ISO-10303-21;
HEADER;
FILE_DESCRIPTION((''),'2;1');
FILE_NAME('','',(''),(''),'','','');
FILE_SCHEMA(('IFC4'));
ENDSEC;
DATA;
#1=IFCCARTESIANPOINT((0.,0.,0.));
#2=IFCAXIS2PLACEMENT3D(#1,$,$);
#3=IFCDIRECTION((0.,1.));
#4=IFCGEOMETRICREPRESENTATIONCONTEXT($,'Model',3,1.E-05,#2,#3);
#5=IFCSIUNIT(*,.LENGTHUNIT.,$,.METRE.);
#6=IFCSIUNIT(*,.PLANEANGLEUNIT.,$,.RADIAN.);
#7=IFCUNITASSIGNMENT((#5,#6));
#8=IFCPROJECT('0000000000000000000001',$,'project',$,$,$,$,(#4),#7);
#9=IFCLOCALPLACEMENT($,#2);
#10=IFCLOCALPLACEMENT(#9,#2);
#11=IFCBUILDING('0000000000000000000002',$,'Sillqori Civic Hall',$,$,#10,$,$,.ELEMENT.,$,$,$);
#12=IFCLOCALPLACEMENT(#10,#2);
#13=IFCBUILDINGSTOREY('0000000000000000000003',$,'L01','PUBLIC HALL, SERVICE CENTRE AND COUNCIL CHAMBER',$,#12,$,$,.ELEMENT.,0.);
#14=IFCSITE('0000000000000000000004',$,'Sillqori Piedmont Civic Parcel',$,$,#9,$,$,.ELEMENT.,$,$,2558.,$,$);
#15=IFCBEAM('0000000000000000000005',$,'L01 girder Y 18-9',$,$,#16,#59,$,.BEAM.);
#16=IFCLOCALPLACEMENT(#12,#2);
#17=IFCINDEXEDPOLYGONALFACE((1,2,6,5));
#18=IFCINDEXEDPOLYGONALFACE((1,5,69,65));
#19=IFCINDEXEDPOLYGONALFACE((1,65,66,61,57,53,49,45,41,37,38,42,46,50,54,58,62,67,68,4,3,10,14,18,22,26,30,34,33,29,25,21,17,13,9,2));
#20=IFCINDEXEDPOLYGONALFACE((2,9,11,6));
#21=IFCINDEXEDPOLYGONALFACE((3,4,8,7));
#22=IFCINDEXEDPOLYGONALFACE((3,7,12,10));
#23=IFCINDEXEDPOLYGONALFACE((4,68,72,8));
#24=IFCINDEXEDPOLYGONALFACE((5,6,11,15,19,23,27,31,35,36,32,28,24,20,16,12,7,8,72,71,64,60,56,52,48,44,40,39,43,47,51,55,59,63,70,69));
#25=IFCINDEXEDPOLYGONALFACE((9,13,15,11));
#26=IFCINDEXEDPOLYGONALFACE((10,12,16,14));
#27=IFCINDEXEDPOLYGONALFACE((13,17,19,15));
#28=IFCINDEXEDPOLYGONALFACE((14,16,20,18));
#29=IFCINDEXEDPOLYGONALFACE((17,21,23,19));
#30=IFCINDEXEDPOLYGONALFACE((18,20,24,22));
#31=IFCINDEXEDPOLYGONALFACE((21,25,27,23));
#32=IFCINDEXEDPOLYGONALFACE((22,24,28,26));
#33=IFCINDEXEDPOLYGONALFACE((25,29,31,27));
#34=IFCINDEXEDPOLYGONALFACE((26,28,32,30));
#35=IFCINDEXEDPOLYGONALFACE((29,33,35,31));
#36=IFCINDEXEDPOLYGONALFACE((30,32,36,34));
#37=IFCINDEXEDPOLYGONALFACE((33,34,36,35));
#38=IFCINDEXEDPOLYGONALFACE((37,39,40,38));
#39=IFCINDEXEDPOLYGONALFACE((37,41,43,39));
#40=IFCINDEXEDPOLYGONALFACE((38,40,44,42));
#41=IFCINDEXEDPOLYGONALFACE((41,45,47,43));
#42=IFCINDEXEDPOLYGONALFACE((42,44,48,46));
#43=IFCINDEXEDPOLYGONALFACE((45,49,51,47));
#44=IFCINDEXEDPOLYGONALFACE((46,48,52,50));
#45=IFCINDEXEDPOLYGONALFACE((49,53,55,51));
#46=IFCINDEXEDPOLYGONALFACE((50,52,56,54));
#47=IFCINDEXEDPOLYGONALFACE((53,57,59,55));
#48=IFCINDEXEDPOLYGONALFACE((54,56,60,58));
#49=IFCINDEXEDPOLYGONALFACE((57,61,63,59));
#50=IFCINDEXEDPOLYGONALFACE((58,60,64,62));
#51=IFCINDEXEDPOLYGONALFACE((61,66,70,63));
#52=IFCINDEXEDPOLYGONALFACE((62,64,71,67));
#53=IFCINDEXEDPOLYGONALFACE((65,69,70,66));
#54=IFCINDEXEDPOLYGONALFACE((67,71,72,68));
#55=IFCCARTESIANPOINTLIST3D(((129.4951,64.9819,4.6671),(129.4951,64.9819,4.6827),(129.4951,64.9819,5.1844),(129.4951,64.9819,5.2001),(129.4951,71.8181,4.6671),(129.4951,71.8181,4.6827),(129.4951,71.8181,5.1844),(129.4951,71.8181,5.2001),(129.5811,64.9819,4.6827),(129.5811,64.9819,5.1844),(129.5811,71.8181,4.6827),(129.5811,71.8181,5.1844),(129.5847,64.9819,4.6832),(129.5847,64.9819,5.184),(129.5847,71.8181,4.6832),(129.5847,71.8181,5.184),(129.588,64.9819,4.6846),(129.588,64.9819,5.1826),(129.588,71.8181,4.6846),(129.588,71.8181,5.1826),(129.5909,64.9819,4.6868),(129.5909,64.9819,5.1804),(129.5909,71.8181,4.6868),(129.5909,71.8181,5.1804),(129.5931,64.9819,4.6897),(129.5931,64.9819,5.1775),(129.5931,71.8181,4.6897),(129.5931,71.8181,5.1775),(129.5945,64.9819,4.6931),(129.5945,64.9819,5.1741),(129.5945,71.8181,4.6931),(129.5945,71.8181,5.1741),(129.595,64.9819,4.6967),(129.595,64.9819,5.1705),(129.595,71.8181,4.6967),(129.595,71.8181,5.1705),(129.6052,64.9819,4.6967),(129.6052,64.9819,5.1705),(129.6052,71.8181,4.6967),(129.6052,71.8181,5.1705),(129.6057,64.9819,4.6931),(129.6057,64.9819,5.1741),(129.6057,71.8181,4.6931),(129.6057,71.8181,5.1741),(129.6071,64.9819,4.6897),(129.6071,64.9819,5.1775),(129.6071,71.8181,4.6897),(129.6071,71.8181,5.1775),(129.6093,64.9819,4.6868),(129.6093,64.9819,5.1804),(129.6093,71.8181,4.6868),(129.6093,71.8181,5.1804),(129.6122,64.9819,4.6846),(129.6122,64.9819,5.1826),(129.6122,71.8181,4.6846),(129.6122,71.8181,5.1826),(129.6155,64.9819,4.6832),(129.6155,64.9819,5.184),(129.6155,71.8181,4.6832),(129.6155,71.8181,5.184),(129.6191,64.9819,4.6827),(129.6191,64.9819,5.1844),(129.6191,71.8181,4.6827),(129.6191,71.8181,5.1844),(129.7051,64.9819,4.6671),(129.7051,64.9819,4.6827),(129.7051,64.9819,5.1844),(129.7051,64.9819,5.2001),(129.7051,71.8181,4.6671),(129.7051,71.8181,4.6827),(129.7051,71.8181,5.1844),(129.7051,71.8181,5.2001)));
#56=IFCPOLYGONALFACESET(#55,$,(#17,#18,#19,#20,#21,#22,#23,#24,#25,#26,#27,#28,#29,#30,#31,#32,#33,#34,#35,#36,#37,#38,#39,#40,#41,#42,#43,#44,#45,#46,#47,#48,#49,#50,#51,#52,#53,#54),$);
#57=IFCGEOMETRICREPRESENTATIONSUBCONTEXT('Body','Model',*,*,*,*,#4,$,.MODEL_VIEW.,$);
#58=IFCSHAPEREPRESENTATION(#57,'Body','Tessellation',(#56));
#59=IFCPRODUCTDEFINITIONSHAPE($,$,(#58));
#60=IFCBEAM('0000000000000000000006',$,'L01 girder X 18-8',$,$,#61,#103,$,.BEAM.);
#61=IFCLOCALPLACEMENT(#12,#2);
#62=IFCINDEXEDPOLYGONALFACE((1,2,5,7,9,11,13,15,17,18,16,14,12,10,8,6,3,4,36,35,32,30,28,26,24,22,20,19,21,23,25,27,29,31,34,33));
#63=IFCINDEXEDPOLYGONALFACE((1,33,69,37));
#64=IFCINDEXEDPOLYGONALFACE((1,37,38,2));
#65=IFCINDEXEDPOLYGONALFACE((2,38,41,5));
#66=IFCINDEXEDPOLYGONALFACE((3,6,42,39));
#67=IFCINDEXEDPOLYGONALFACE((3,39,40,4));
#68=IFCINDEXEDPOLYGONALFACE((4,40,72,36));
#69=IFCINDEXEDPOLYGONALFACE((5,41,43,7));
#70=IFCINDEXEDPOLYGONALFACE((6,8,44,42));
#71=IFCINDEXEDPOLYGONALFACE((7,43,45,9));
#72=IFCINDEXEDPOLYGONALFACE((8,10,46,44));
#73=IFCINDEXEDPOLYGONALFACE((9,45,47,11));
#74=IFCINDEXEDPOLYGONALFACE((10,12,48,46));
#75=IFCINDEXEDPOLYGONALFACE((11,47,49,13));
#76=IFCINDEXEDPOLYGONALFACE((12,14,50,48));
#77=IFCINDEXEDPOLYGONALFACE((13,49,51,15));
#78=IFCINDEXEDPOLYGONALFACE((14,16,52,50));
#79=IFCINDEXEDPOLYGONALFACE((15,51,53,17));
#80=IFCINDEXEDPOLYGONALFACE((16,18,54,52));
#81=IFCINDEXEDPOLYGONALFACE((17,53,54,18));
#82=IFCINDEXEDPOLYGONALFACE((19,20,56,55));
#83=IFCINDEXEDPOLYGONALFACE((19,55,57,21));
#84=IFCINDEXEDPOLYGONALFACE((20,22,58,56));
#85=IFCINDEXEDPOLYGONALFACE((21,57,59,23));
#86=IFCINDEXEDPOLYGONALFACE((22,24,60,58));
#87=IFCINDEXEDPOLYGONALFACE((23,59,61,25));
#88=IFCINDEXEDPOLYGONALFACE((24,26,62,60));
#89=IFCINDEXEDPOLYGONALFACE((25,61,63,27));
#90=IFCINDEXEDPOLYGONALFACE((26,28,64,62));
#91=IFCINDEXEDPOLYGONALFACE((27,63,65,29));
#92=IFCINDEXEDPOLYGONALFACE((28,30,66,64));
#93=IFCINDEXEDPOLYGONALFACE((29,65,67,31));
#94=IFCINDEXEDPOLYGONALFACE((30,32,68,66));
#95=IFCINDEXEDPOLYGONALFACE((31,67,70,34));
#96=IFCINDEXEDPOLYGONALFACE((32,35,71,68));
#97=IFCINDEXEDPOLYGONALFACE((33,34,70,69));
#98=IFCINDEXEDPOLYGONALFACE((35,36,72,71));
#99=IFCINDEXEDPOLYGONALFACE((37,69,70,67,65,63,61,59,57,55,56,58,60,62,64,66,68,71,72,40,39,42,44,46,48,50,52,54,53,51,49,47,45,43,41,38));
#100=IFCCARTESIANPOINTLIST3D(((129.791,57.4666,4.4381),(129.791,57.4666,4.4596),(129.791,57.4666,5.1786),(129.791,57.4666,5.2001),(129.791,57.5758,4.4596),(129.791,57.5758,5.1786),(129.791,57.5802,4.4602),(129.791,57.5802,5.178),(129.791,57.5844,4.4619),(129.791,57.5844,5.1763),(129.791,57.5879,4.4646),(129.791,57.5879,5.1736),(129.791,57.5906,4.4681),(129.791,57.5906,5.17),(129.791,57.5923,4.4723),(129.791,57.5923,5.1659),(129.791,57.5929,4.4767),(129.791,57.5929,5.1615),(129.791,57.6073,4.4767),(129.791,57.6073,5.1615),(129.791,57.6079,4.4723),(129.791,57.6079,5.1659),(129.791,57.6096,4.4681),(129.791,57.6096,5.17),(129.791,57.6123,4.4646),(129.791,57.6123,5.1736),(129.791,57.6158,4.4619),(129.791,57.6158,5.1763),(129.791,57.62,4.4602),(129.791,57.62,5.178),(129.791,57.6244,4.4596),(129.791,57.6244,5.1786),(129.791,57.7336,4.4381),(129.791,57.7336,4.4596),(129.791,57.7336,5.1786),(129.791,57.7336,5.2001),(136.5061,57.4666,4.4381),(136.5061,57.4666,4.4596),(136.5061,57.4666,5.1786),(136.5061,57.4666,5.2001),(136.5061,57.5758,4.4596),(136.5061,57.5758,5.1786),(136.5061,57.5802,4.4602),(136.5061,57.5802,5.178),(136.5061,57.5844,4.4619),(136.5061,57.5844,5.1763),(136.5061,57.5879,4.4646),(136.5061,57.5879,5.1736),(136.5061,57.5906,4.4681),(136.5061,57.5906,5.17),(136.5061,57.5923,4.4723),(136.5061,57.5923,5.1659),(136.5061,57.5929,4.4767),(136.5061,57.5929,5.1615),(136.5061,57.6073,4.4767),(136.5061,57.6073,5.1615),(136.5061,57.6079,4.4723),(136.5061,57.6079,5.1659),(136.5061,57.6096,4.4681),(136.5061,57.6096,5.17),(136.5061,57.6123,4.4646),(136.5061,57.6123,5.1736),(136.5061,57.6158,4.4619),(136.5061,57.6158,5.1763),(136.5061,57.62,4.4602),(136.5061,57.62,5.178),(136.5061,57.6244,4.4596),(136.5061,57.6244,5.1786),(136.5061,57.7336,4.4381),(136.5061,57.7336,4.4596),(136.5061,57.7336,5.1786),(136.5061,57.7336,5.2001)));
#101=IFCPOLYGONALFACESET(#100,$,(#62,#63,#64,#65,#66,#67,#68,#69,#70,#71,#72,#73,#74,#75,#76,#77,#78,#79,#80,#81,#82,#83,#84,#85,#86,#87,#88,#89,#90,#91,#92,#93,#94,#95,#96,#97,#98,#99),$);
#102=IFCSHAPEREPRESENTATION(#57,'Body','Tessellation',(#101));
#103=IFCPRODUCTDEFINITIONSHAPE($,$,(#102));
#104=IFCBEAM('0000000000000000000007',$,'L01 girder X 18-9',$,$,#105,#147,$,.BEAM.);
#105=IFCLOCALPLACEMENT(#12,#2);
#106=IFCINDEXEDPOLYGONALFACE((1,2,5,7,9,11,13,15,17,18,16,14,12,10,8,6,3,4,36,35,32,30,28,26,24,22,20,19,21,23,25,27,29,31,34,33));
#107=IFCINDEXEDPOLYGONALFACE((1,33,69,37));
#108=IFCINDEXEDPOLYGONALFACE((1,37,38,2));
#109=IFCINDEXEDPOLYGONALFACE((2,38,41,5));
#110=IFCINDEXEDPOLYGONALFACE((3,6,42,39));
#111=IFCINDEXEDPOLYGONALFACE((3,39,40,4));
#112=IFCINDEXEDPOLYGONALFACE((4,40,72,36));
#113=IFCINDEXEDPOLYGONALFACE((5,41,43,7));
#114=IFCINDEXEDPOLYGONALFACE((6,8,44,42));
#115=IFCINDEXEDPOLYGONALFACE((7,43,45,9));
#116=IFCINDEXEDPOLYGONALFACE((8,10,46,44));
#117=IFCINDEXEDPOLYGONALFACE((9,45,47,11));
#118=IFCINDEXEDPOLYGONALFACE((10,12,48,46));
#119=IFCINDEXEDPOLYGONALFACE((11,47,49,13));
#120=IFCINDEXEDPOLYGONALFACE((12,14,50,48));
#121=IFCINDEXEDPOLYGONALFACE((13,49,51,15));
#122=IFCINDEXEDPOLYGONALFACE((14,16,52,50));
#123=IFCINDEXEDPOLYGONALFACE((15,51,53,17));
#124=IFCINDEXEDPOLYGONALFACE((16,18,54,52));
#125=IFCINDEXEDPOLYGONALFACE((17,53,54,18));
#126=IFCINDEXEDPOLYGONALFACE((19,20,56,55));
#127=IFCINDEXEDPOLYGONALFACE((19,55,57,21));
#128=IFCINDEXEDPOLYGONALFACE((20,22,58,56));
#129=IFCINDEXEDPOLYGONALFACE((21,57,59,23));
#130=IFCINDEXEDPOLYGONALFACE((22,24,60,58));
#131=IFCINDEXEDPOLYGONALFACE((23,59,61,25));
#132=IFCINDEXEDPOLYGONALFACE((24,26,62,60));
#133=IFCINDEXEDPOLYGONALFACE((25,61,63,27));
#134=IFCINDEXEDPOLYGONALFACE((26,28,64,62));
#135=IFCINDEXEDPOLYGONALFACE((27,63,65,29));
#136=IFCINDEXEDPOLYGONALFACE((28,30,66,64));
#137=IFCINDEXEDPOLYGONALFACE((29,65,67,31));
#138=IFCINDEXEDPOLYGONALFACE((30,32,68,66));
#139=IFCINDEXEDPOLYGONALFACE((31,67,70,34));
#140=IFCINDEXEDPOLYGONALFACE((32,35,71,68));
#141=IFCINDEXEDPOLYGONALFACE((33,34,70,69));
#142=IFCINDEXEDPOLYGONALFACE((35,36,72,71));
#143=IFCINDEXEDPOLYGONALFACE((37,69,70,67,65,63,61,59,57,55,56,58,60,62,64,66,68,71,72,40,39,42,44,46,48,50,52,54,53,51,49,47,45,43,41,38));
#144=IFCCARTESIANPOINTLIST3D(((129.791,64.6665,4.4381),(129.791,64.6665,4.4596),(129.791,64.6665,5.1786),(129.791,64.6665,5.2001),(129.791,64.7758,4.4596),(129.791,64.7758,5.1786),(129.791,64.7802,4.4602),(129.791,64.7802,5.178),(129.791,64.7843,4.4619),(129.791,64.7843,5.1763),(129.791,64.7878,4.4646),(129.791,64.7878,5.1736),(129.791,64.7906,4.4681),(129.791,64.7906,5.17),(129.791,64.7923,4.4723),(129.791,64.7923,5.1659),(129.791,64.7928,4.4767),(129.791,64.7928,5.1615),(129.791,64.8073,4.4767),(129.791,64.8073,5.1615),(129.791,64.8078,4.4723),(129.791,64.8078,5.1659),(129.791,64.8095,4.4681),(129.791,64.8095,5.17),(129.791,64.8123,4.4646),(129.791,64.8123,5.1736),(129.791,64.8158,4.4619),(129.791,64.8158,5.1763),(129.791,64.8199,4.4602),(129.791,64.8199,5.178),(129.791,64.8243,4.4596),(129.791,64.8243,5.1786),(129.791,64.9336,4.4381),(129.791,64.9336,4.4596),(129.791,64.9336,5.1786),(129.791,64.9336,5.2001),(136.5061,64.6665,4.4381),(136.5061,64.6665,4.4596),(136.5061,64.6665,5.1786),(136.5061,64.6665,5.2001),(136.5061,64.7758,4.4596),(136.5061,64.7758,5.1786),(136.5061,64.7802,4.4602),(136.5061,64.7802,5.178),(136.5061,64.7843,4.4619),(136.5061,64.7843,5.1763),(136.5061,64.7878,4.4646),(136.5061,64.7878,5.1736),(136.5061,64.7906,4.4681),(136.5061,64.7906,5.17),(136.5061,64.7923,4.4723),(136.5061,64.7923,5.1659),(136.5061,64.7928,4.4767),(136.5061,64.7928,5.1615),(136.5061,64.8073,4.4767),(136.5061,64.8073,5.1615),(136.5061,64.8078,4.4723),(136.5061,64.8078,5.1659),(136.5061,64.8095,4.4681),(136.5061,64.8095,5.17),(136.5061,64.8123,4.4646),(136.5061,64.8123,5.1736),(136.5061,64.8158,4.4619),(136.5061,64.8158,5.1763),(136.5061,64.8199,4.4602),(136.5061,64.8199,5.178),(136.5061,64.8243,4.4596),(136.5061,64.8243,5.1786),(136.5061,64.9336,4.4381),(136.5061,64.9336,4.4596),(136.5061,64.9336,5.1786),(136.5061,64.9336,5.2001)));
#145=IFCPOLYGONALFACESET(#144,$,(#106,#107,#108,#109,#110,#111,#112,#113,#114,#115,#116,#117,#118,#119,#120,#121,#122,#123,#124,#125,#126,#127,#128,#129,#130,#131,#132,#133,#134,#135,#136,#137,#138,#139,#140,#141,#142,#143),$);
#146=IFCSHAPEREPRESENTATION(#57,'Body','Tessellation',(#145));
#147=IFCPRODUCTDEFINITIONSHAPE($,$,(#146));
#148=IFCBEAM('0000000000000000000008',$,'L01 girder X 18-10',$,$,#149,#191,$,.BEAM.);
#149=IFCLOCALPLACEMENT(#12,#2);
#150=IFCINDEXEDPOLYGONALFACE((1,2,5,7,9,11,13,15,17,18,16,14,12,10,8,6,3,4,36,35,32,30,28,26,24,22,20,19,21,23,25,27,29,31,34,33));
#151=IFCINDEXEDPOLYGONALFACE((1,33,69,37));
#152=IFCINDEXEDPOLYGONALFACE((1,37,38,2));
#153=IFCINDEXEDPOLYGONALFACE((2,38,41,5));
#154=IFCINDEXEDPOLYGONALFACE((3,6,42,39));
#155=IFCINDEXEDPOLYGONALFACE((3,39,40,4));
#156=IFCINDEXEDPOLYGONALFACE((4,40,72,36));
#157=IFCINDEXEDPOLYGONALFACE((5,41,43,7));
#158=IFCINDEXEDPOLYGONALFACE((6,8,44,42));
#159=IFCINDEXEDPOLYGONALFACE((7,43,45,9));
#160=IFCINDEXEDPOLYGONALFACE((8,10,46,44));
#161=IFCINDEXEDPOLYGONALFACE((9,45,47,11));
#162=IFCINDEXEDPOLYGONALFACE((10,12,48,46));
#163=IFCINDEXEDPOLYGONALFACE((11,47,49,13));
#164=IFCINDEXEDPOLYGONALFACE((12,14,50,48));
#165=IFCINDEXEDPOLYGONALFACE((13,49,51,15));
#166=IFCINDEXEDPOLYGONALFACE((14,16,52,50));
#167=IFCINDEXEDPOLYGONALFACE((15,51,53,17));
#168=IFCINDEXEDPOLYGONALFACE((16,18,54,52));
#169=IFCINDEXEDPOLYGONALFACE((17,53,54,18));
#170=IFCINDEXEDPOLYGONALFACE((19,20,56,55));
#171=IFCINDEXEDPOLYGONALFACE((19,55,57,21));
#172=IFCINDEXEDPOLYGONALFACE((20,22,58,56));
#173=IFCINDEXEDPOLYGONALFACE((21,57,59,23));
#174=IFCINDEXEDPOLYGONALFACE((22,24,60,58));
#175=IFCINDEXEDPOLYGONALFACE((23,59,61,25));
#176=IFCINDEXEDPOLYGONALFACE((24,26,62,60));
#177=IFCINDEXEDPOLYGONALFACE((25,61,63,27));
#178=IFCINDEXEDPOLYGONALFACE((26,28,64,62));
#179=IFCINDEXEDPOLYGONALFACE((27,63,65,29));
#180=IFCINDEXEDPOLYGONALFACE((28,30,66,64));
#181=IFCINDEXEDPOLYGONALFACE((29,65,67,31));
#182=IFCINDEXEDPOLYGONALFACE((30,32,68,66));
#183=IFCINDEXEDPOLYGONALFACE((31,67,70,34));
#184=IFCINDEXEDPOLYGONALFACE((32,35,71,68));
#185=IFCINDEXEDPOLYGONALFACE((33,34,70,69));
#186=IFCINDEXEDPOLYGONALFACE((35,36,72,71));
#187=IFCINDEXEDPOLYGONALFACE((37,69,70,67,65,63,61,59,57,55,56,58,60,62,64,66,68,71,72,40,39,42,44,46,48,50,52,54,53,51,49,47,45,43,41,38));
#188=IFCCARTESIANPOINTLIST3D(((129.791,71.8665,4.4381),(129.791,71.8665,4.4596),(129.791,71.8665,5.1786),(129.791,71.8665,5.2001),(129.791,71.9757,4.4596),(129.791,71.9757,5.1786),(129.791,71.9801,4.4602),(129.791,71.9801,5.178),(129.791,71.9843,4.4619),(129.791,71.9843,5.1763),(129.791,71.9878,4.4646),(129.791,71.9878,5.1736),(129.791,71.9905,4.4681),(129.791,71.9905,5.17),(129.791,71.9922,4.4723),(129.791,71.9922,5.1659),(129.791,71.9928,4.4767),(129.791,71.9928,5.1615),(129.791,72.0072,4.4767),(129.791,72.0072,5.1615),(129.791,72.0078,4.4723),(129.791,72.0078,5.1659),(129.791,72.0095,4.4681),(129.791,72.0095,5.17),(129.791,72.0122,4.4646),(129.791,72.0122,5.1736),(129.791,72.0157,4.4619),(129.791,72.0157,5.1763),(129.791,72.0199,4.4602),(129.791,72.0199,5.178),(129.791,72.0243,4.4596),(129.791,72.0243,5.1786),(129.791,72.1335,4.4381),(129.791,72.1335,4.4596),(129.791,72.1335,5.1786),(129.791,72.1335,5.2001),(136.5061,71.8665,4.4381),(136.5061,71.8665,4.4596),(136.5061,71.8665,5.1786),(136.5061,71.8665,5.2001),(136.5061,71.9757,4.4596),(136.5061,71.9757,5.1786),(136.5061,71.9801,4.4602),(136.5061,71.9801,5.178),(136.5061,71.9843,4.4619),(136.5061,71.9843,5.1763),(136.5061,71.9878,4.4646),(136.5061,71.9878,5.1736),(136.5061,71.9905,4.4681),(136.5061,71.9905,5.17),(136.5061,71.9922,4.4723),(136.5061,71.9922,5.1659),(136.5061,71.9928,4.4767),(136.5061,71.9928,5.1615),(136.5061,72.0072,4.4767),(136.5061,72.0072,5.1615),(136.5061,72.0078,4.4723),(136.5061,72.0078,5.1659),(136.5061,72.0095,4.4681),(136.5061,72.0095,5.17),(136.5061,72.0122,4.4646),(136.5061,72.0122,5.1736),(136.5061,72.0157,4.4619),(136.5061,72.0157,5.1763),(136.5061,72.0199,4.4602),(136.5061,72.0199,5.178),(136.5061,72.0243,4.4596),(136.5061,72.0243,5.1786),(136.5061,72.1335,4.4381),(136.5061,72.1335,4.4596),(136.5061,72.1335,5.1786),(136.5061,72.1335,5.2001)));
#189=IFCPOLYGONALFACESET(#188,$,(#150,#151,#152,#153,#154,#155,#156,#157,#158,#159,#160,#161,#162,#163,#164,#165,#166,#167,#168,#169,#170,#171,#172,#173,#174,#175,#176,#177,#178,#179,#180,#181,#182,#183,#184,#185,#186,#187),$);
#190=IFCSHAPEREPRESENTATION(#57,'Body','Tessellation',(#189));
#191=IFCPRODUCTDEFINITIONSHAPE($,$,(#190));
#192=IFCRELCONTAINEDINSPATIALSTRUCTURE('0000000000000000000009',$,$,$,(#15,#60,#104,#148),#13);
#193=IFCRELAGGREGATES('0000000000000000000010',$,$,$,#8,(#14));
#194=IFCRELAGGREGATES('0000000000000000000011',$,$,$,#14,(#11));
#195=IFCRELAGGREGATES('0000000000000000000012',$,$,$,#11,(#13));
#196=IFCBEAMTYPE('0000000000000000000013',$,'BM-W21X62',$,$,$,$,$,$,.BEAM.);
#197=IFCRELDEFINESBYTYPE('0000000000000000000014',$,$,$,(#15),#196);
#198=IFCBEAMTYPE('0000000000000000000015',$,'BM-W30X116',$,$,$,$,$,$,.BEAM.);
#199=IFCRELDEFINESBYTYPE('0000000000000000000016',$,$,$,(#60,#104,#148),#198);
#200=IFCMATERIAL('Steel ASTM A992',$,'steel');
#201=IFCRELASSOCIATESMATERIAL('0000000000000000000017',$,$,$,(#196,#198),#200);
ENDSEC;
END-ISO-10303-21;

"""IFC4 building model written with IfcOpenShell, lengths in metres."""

from ifc_helpers import new_model, si_unit, direction, frame, origin, origin_2d, place, context, subcontext, project, spatial, i_section, extrude, material, material_profile, profile_set, type_object, element, save


model = new_model("IFC4")

# Units and contexts
model_context = context("Model", 3, precision=1e-05, world=origin(), true_north=direction((0.0, 1.0)))
body_context = subcontext(model_context, "Body", "Model", "MODEL_VIEW")
ifc_project = project(units=[si_unit("LENGTHUNIT", "METRE"), si_unit("PLANEANGLEUNIT", "RADIAN")], contexts=[model_context])

# Site, building, storey
site_placement = place(None, origin())
site = spatial("IfcSite", under=ifc_project, at=site_placement, Name="Sillqori Piedmont Civic Parcel", CompositionType="ELEMENT", RefElevation=2558.0)
building_placement = place(site_placement, origin())
building = spatial("IfcBuilding", under=site, at=building_placement, Name="Sillqori Civic Hall", CompositionType="ELEMENT")
storey_placement = place(building_placement, origin())
storey = spatial("IfcBuildingStorey", under=building, at=storey_placement, Name="L01", Description="PUBLIC HALL, SERVICE CENTRE AND COUNCIL CHAMBER", CompositionType="ELEMENT", Elevation=0.0)

# Shared definitions
ifc_material_1 = material(Name="Steel ASTM A992", Category="steel")

# Beams
ifc_material_profile_1 = material_profile(ifc_material_1, i_section(OverallWidth=0.21, OverallDepth=0.533, WebThickness=0.0103, FlangeThickness=0.0156, FilletRadius=0.0139, at=origin_2d()), Name="W21X62")
ifc_profile_set_1 = profile_set([ifc_material_profile_1], Name="Steel ASTM A992")
beam_type_1 = type_object("IfcBeamType", Name="BM-W21X62", PredefinedType="BEAM", material=ifc_profile_set_1)
beam_1_placement = place(storey_placement, frame((129.6001, 64.9819, 4.9336), z_axis=(0.0, 1.0, 0.0), x_axis=(-1.0, 0.0, 0.0)))
element("IfcBeam", 1, at=beam_1_placement, inside=storey, type_object=beam_type_1, Name="L01 girder Y 18-9", PredefinedType="BEAM", context=body_context, shape_type="SweptSolid", body=[
    extrude(i_section(OverallWidth=0.21, OverallDepth=0.533, WebThickness=0.0103, FlangeThickness=0.0156, FilletRadius=0.0139, at=origin_2d()), origin(), (0.0, 0.0, 1.0), 6.8362),
])
ifc_material_profile_2 = material_profile(ifc_material_1, i_section(OverallWidth=0.2671, OverallDepth=0.762, WebThickness=0.0144, FlangeThickness=0.0215, FilletRadius=0.0171, at=origin_2d()), Name="W30X116")
ifc_profile_set_2 = profile_set([ifc_material_profile_2], Name="Steel ASTM A992")
beam_type_2 = type_object("IfcBeamType", Name="BM-W30X116", PredefinedType="BEAM", material=ifc_profile_set_2)
for number, where, z_axis, x_axis, name in (
    (2, (129.791, 57.6001, 4.8191), (1.0, 0.0, 0.0), (0.0, 1.0, 0.0), "L01 girder X 18-8"),
    (3, (129.791, 64.8, 4.8191), (1.0, 0.0, 0.0), (0.0, 1.0, 0.0), "L01 girder X 18-9"),
    (4, (129.791, 72.0, 4.8191), (1.0, 0.0, 0.0), (0.0, 1.0, 0.0), "L01 girder X 18-10"),
):
    element("IfcBeam", number, at=place(storey_placement, frame(where, z_axis=z_axis, x_axis=x_axis)), inside=storey, type_object=beam_type_2, Name=name, PredefinedType="BEAM", context=body_context, shape_type="SweptSolid", body=[
        extrude(i_section(OverallWidth=0.2671, OverallDepth=0.762, WebThickness=0.0144, FlangeThickness=0.0215, FilletRadius=0.0171, at=origin_2d()), origin(), (0.0, 0.0, 1.0), 6.7151),
    ])

save(model, "model.ifc")
